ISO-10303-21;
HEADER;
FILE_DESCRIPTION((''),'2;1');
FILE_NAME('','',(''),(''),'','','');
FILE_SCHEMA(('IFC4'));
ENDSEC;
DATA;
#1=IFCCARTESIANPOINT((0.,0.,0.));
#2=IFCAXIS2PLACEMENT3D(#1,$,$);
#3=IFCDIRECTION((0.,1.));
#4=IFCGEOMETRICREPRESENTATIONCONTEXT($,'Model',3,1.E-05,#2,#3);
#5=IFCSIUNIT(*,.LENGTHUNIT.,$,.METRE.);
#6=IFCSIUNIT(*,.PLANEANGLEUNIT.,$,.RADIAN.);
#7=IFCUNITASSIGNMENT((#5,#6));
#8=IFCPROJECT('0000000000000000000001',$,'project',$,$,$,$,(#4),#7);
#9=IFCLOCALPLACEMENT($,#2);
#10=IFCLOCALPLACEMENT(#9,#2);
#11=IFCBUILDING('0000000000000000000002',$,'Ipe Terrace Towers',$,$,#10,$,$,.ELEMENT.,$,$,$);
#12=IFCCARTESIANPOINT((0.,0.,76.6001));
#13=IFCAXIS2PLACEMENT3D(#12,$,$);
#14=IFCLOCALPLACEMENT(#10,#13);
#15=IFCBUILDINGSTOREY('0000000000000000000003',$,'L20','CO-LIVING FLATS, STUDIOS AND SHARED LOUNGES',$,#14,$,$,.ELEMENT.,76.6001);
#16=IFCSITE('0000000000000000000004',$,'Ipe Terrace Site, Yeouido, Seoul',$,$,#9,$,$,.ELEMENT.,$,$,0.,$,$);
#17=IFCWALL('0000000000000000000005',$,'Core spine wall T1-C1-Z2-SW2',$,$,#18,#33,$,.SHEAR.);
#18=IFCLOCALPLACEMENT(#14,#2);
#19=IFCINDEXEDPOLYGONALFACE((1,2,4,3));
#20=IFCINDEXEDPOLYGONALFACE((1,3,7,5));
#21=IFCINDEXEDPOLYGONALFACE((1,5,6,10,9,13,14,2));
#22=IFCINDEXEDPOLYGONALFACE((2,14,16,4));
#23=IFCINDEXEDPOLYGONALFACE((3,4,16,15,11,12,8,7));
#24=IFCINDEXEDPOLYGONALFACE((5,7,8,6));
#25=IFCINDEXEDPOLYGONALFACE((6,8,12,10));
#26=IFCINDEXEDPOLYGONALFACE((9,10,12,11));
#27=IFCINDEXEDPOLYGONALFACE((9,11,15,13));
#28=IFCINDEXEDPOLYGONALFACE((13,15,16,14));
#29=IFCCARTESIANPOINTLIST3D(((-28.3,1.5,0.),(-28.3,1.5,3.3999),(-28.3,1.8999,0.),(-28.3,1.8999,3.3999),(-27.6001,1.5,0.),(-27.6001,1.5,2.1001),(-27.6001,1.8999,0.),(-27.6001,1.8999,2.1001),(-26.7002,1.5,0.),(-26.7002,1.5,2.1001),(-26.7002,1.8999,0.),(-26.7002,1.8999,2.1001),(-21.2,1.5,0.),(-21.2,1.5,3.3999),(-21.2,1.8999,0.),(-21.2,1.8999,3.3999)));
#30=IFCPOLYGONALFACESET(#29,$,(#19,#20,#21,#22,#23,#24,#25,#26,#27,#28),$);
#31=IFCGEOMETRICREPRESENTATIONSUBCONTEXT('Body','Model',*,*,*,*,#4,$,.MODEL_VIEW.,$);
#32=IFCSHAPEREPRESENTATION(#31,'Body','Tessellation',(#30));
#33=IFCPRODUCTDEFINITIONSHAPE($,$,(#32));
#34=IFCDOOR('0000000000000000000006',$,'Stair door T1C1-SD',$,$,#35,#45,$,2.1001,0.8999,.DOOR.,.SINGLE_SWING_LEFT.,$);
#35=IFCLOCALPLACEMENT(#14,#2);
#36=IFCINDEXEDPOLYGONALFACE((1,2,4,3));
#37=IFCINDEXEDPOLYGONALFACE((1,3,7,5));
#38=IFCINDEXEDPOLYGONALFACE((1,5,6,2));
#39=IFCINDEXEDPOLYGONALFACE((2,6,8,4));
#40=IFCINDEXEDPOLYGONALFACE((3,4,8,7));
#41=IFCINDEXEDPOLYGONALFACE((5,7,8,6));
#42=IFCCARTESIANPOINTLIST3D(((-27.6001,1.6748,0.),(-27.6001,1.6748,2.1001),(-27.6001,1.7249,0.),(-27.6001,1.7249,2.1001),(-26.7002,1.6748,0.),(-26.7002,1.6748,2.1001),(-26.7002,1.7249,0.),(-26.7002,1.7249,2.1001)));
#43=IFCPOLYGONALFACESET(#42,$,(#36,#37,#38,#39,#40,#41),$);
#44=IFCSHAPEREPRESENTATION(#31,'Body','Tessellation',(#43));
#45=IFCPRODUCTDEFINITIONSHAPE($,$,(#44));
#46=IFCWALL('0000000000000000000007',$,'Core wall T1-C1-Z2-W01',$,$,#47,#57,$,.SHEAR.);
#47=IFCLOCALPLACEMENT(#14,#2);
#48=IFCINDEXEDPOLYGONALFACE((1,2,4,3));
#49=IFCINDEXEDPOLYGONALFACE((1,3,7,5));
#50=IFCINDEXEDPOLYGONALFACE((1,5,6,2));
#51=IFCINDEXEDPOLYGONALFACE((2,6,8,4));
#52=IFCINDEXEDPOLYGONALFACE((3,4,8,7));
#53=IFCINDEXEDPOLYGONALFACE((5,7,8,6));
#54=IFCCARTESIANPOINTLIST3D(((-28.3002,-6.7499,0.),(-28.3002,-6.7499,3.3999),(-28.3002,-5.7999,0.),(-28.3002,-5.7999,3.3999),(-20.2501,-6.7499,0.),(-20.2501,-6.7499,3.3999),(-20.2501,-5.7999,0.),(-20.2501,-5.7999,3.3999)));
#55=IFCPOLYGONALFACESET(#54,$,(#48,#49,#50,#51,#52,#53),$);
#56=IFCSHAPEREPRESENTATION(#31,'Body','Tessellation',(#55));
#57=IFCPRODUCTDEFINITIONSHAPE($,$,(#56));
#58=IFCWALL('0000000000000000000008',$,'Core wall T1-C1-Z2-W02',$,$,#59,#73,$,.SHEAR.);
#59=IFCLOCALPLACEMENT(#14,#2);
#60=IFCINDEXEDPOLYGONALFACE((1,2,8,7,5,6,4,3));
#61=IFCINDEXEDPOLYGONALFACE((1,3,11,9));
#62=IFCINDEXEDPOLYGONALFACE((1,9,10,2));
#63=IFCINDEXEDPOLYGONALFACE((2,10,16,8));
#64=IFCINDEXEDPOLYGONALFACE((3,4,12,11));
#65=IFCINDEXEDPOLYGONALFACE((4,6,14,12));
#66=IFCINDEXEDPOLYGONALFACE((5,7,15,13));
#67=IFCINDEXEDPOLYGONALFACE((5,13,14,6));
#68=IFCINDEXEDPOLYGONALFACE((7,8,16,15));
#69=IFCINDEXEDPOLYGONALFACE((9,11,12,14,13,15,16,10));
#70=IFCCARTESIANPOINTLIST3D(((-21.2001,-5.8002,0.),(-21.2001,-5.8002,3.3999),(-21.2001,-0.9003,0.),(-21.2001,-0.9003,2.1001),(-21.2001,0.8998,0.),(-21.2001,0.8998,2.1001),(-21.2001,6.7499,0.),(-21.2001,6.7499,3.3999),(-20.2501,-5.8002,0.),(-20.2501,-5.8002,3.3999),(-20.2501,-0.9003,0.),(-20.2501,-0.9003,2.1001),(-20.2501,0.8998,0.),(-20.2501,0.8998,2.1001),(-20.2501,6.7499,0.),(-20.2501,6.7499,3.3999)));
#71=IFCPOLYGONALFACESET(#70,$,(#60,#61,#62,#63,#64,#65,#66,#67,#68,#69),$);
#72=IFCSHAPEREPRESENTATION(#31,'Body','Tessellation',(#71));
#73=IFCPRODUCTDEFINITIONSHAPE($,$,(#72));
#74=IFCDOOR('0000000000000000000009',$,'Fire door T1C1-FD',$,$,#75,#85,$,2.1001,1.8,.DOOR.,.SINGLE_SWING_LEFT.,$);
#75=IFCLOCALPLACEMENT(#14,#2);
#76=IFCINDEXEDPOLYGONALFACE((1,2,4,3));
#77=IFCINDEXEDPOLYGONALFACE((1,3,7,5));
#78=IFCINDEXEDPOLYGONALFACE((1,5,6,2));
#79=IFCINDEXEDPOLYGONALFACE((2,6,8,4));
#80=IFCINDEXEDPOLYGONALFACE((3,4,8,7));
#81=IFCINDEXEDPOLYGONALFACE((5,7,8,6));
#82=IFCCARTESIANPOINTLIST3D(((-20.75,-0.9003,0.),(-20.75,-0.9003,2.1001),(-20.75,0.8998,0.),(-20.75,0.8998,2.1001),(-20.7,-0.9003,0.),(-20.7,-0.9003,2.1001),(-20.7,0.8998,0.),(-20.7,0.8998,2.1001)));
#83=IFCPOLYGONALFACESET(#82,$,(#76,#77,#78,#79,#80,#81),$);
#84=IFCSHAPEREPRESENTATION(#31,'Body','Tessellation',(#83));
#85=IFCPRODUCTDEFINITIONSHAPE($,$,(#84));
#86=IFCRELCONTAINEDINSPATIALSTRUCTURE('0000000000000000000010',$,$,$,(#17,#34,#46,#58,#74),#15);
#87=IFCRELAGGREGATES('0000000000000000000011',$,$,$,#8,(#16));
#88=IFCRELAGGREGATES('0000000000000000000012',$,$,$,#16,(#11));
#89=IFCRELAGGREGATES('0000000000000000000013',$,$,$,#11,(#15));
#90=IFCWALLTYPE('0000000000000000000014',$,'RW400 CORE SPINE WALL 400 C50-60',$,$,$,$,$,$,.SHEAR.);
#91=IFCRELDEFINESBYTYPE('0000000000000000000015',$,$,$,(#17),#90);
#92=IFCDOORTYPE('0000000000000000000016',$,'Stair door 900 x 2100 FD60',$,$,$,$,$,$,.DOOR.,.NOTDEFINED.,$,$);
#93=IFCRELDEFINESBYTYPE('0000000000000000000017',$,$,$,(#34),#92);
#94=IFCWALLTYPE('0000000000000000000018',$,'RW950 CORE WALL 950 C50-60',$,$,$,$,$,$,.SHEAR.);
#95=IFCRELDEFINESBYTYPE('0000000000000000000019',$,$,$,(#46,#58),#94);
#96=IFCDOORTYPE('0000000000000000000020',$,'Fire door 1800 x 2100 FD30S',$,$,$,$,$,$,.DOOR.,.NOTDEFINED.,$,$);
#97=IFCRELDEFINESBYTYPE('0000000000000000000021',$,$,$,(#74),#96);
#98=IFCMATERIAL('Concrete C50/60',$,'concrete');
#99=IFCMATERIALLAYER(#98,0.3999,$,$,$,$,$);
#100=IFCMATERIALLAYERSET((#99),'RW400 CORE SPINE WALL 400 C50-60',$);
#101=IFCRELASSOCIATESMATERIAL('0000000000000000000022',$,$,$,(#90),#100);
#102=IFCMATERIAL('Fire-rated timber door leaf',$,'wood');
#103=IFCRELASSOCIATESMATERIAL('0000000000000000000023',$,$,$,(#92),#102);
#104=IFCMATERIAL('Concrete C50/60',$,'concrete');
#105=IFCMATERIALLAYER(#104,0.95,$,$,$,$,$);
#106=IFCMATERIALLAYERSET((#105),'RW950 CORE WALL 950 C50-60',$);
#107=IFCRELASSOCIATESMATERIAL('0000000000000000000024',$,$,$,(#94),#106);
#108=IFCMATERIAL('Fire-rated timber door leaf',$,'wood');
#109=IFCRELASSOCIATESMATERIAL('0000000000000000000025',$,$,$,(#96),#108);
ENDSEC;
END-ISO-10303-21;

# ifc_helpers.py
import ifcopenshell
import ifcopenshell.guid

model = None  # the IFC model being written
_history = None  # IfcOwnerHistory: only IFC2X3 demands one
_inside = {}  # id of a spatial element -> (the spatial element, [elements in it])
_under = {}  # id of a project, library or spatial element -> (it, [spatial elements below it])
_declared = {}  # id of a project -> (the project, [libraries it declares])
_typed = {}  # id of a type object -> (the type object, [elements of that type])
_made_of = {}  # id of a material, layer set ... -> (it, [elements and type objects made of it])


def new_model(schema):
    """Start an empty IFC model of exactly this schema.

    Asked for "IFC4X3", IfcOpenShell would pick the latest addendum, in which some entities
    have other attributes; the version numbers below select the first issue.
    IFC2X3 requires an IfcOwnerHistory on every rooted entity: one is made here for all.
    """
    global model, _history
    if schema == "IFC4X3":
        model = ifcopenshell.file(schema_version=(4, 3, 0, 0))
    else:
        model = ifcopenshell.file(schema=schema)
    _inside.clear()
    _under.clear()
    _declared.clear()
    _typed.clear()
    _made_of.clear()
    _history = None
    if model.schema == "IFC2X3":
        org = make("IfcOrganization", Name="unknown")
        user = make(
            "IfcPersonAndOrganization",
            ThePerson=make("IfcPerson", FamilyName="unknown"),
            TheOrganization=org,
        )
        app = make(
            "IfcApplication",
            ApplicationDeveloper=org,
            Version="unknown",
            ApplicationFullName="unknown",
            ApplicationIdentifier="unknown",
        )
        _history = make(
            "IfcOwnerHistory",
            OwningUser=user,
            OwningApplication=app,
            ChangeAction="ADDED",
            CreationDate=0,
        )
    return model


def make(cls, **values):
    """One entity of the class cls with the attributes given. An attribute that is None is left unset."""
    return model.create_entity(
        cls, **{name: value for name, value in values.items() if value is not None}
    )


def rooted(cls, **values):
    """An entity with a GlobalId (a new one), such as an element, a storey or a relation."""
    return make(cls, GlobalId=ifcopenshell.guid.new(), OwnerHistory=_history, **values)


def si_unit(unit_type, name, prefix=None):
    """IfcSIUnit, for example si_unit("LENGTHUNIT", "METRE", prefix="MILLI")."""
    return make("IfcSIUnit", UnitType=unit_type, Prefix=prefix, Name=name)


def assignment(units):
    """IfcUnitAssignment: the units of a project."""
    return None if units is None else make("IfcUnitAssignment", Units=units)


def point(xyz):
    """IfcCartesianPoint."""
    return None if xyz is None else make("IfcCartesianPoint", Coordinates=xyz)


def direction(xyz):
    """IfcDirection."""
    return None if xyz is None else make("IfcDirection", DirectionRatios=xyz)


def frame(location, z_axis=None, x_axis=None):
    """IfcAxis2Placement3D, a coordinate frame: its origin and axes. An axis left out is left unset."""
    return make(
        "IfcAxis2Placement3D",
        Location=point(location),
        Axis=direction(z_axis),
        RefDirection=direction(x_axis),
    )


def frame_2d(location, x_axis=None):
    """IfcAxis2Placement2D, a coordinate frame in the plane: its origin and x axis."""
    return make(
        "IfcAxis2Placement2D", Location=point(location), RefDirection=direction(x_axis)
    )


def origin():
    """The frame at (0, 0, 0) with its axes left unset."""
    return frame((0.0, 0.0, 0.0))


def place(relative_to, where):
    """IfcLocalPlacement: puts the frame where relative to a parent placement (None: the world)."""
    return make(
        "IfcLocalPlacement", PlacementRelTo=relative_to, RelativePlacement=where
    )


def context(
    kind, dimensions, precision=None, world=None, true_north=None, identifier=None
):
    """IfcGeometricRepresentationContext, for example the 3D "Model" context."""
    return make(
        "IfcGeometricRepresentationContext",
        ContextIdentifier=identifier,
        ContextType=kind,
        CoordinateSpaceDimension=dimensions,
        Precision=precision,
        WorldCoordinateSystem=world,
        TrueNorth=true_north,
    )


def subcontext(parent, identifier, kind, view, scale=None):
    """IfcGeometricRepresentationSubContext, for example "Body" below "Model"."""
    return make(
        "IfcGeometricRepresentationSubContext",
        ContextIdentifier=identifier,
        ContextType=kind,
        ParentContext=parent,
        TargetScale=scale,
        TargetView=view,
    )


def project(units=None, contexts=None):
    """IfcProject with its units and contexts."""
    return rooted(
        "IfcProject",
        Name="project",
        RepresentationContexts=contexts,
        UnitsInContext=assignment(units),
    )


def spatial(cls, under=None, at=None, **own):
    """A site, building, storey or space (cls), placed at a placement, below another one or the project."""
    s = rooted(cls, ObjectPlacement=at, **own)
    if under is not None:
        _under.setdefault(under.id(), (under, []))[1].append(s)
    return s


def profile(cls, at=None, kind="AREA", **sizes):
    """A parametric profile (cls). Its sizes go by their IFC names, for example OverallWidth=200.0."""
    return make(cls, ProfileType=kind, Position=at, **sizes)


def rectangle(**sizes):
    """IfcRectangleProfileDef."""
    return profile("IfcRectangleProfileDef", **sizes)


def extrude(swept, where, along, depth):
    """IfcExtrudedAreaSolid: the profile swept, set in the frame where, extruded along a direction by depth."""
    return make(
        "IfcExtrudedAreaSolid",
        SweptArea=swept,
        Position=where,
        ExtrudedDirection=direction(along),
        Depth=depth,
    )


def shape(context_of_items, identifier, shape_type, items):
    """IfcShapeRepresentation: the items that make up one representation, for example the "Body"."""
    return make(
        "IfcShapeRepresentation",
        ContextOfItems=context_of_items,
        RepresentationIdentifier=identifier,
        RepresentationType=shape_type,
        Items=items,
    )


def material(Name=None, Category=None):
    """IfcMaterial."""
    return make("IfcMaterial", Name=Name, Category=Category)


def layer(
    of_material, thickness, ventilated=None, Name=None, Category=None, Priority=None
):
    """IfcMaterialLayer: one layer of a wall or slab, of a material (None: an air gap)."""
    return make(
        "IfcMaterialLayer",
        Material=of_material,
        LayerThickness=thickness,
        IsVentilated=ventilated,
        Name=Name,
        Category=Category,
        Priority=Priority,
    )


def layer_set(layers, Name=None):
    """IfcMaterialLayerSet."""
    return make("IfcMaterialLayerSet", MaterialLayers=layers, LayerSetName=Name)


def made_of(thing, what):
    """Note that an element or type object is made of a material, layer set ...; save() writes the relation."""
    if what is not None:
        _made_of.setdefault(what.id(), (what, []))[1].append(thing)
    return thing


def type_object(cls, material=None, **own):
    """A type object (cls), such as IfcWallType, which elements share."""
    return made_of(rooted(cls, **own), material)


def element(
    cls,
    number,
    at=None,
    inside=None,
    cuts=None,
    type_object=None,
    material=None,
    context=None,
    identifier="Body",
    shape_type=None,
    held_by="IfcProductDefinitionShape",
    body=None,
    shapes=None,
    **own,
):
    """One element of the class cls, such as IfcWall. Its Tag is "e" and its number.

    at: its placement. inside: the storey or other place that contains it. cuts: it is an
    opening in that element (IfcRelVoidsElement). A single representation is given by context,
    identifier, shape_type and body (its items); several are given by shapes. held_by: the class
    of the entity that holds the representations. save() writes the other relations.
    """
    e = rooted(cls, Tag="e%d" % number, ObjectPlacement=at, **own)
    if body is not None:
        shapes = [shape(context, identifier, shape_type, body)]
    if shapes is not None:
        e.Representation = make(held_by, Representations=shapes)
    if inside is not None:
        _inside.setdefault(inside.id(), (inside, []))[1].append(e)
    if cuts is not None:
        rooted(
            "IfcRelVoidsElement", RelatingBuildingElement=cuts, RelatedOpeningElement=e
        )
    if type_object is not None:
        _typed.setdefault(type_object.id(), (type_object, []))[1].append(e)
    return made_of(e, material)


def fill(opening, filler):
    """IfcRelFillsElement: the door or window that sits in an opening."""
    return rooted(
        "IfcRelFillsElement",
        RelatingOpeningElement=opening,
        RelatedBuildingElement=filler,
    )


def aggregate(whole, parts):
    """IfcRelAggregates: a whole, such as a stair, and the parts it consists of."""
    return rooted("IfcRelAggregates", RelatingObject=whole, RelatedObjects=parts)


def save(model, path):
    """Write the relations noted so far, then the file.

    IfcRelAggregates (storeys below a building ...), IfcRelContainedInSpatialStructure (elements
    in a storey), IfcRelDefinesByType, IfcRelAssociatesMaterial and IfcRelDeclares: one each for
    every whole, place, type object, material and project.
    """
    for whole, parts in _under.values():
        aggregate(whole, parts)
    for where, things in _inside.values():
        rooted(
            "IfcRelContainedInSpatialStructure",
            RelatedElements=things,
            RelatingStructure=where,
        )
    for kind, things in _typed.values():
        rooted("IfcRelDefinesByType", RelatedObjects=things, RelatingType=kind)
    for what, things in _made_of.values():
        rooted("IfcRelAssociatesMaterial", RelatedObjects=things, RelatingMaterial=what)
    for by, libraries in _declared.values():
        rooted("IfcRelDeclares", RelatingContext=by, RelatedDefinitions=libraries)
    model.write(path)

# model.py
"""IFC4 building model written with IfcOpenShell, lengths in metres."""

from ifc_helpers import new_model, si_unit, direction, frame, frame_2d, origin, place, context, subcontext, project, spatial, rectangle, extrude, material, layer, layer_set, type_object, element, fill, save


model = new_model("IFC4")

# Units and contexts
model_context = context("Model", 3, precision=1e-05, world=origin(), true_north=direction((0.0, 1.0)))
body_context = subcontext(model_context, "Body", "Model", "MODEL_VIEW")
ifc_project = project(units=[si_unit("LENGTHUNIT", "METRE"), si_unit("PLANEANGLEUNIT", "RADIAN")], contexts=[model_context])

# Site, building, storey
site_placement = place(None, origin())
site = spatial("IfcSite", under=ifc_project, at=site_placement, Name="Ipe Terrace Site, Yeouido, Seoul", CompositionType="ELEMENT", RefElevation=0.0)
building_placement = place(site_placement, origin())
building = spatial("IfcBuilding", under=site, at=building_placement, Name="Ipe Terrace Towers", CompositionType="ELEMENT")
storey_placement = place(building_placement, frame((0.0, 0.0, 76.6001)))
storey = spatial("IfcBuildingStorey", under=building, at=storey_placement, Name="L20", Description="CO-LIVING FLATS, STUDIOS AND SHARED LOUNGES", CompositionType="ELEMENT", Elevation=76.6001)

# Shared definitions
ifc_material_1 = material(Name="Concrete C50/60", Category="concrete")
ifc_layer_1 = layer(ifc_material_1, 0.3999)
ifc_layer_set_1 = layer_set([ifc_layer_1], Name="RW400 CORE SPINE WALL 400 C50-60")
wall_type_1 = type_object("IfcWallType", Name="RW400 CORE SPINE WALL 400 C50-60", PredefinedType="SHEAR", material=ifc_layer_set_1)

# Wall, opening, door
wall_1_placement = place(storey_placement, frame((-28.3, 1.7, 0.0), z_axis=(0.0, 0.0, 1.0), x_axis=(1.0, 0.0, 0.0)))
wall_1 = element("IfcWall", 1, at=wall_1_placement, inside=storey, type_object=wall_type_1, Name="Core spine wall T1-C1-Z2-SW2", PredefinedType="SHEAR", context=body_context, shape_type="SweptSolid", body=[
    extrude(rectangle(XDim=7.1001, YDim=0.3999, at=frame_2d((3.55, 0.0))), origin(), (0.0, 0.0, 1.0), 3.3999),
])
opening_1_placement = place(wall_1_placement, frame((0.7, 0.0, 0.0)))
opening_1 = element("IfcOpeningElement", 2, at=opening_1_placement, cuts=wall_1, PredefinedType="OPENING", context=body_context, shape_type="SweptSolid", body=[
    extrude(rectangle(XDim=0.8999, YDim=2.1001, at=frame_2d((0.45, 1.05))), frame((0.0, 0.21, 0.0), z_axis=(0.0, -1.0, 0.0), x_axis=(1.0, 0.0, 0.0)), (0.0, 0.0, 1.0), 0.4199),
])
ifc_material_2 = material(Name="Fire-rated timber door leaf", Category="wood")
door_type_1 = type_object("IfcDoorType", Name="Stair door 900 x 2100 FD60", OperationType="NOTDEFINED", PredefinedType="DOOR", material=ifc_material_2)
door_1_placement = place(opening_1_placement, origin())
door_1 = element("IfcDoor", 3, at=door_1_placement, inside=storey, type_object=door_type_1, Name="Stair door T1C1-SD", OperationType="SINGLE_SWING_LEFT", OverallHeight=2.1001, OverallWidth=0.8999, PredefinedType="DOOR", context=body_context, shape_type="SweptSolid", body=[
    extrude(rectangle(XDim=0.8999, YDim=2.1001, at=frame_2d((0.45, 1.05))), frame((0.0, 0.0249, 0.0), z_axis=(0.0, -1.0, 0.0), x_axis=(1.0, 0.0, 0.0)), (0.0, 0.0, 1.0), 0.05),
])
fill(opening_1, door_1)

# Wall
ifc_material_3 = material(Name="Concrete C50/60", Category="concrete")
ifc_layer_2 = layer(ifc_material_3, 0.95)
ifc_layer_set_2 = layer_set([ifc_layer_2], Name="RW950 CORE WALL 950 C50-60")
wall_type_2 = type_object("IfcWallType", Name="RW950 CORE WALL 950 C50-60", PredefinedType="SHEAR", material=ifc_layer_set_2)
wall_2_placement = place(storey_placement, frame((-28.3, -6.2749, 0.0), z_axis=(0.0, 0.0, 1.0), x_axis=(1.0, 0.0, 0.0)))
element("IfcWall", 4, at=wall_2_placement, inside=storey, type_object=wall_type_2, Name="Core wall T1-C1-Z2-W01", PredefinedType="SHEAR", context=body_context, shape_type="SweptSolid", body=[
    extrude(rectangle(XDim=8.05, YDim=0.95, at=frame_2d((4.0249, 0.0))), origin(), (0.0, 0.0, 1.0), 3.3999),
])

# Wall, opening, door
wall_3_placement = place(storey_placement, frame((-20.7251, -5.8, 0.0), z_axis=(0.0, 0.0, 1.0), x_axis=(0.0, 1.0, 0.0)))
wall_3 = element("IfcWall", 5, at=wall_3_placement, inside=storey, type_object=wall_type_2, Name="Core wall T1-C1-Z2-W02", PredefinedType="SHEAR", context=body_context, shape_type="SweptSolid", body=[
    extrude(rectangle(XDim=12.55, YDim=0.95, at=frame_2d((6.2749, 0.0))), origin(), (0.0, 0.0, 1.0), 3.3999),
])
opening_2_placement = place(wall_3_placement, frame((4.8999, 0.0, 0.0)))
opening_2 = element("IfcOpeningElement", 6, at=opening_2_placement, cuts=wall_3, PredefinedType="OPENING", context=body_context, shape_type="SweptSolid", body=[
    extrude(rectangle(XDim=1.8, YDim=2.1001, at=frame_2d((0.8999, 1.05))), frame((0.0, 0.4849, 0.0), z_axis=(0.0, -1.0, 0.0), x_axis=(1.0, 0.0, 0.0)), (0.0, 0.0, 1.0), 0.97),
])
ifc_material_4 = material(Name="Fire-rated timber door leaf", Category="wood")
door_type_2 = type_object("IfcDoorType", Name="Fire door 1800 x 2100 FD30S", OperationType="NOTDEFINED", PredefinedType="DOOR", material=ifc_material_4)
door_2_placement = place(opening_2_placement, origin())
door_2 = element("IfcDoor", 7, at=door_2_placement, inside=storey, type_object=door_type_2, Name="Fire door T1C1-FD", OperationType="SINGLE_SWING_LEFT", OverallHeight=2.1001, OverallWidth=1.8, PredefinedType="DOOR", context=body_context, shape_type="SweptSolid", body=[
    extrude(rectangle(XDim=1.8, YDim=2.1001, at=frame_2d((0.8999, 1.05))), frame((0.0, 0.0249, 0.0), z_axis=(0.0, -1.0, 0.0), x_axis=(1.0, 0.0, 0.0)), (0.0, 0.0, 1.0), 0.05),
])
fill(opening_2, door_2)

save(model, "model.ifc")
